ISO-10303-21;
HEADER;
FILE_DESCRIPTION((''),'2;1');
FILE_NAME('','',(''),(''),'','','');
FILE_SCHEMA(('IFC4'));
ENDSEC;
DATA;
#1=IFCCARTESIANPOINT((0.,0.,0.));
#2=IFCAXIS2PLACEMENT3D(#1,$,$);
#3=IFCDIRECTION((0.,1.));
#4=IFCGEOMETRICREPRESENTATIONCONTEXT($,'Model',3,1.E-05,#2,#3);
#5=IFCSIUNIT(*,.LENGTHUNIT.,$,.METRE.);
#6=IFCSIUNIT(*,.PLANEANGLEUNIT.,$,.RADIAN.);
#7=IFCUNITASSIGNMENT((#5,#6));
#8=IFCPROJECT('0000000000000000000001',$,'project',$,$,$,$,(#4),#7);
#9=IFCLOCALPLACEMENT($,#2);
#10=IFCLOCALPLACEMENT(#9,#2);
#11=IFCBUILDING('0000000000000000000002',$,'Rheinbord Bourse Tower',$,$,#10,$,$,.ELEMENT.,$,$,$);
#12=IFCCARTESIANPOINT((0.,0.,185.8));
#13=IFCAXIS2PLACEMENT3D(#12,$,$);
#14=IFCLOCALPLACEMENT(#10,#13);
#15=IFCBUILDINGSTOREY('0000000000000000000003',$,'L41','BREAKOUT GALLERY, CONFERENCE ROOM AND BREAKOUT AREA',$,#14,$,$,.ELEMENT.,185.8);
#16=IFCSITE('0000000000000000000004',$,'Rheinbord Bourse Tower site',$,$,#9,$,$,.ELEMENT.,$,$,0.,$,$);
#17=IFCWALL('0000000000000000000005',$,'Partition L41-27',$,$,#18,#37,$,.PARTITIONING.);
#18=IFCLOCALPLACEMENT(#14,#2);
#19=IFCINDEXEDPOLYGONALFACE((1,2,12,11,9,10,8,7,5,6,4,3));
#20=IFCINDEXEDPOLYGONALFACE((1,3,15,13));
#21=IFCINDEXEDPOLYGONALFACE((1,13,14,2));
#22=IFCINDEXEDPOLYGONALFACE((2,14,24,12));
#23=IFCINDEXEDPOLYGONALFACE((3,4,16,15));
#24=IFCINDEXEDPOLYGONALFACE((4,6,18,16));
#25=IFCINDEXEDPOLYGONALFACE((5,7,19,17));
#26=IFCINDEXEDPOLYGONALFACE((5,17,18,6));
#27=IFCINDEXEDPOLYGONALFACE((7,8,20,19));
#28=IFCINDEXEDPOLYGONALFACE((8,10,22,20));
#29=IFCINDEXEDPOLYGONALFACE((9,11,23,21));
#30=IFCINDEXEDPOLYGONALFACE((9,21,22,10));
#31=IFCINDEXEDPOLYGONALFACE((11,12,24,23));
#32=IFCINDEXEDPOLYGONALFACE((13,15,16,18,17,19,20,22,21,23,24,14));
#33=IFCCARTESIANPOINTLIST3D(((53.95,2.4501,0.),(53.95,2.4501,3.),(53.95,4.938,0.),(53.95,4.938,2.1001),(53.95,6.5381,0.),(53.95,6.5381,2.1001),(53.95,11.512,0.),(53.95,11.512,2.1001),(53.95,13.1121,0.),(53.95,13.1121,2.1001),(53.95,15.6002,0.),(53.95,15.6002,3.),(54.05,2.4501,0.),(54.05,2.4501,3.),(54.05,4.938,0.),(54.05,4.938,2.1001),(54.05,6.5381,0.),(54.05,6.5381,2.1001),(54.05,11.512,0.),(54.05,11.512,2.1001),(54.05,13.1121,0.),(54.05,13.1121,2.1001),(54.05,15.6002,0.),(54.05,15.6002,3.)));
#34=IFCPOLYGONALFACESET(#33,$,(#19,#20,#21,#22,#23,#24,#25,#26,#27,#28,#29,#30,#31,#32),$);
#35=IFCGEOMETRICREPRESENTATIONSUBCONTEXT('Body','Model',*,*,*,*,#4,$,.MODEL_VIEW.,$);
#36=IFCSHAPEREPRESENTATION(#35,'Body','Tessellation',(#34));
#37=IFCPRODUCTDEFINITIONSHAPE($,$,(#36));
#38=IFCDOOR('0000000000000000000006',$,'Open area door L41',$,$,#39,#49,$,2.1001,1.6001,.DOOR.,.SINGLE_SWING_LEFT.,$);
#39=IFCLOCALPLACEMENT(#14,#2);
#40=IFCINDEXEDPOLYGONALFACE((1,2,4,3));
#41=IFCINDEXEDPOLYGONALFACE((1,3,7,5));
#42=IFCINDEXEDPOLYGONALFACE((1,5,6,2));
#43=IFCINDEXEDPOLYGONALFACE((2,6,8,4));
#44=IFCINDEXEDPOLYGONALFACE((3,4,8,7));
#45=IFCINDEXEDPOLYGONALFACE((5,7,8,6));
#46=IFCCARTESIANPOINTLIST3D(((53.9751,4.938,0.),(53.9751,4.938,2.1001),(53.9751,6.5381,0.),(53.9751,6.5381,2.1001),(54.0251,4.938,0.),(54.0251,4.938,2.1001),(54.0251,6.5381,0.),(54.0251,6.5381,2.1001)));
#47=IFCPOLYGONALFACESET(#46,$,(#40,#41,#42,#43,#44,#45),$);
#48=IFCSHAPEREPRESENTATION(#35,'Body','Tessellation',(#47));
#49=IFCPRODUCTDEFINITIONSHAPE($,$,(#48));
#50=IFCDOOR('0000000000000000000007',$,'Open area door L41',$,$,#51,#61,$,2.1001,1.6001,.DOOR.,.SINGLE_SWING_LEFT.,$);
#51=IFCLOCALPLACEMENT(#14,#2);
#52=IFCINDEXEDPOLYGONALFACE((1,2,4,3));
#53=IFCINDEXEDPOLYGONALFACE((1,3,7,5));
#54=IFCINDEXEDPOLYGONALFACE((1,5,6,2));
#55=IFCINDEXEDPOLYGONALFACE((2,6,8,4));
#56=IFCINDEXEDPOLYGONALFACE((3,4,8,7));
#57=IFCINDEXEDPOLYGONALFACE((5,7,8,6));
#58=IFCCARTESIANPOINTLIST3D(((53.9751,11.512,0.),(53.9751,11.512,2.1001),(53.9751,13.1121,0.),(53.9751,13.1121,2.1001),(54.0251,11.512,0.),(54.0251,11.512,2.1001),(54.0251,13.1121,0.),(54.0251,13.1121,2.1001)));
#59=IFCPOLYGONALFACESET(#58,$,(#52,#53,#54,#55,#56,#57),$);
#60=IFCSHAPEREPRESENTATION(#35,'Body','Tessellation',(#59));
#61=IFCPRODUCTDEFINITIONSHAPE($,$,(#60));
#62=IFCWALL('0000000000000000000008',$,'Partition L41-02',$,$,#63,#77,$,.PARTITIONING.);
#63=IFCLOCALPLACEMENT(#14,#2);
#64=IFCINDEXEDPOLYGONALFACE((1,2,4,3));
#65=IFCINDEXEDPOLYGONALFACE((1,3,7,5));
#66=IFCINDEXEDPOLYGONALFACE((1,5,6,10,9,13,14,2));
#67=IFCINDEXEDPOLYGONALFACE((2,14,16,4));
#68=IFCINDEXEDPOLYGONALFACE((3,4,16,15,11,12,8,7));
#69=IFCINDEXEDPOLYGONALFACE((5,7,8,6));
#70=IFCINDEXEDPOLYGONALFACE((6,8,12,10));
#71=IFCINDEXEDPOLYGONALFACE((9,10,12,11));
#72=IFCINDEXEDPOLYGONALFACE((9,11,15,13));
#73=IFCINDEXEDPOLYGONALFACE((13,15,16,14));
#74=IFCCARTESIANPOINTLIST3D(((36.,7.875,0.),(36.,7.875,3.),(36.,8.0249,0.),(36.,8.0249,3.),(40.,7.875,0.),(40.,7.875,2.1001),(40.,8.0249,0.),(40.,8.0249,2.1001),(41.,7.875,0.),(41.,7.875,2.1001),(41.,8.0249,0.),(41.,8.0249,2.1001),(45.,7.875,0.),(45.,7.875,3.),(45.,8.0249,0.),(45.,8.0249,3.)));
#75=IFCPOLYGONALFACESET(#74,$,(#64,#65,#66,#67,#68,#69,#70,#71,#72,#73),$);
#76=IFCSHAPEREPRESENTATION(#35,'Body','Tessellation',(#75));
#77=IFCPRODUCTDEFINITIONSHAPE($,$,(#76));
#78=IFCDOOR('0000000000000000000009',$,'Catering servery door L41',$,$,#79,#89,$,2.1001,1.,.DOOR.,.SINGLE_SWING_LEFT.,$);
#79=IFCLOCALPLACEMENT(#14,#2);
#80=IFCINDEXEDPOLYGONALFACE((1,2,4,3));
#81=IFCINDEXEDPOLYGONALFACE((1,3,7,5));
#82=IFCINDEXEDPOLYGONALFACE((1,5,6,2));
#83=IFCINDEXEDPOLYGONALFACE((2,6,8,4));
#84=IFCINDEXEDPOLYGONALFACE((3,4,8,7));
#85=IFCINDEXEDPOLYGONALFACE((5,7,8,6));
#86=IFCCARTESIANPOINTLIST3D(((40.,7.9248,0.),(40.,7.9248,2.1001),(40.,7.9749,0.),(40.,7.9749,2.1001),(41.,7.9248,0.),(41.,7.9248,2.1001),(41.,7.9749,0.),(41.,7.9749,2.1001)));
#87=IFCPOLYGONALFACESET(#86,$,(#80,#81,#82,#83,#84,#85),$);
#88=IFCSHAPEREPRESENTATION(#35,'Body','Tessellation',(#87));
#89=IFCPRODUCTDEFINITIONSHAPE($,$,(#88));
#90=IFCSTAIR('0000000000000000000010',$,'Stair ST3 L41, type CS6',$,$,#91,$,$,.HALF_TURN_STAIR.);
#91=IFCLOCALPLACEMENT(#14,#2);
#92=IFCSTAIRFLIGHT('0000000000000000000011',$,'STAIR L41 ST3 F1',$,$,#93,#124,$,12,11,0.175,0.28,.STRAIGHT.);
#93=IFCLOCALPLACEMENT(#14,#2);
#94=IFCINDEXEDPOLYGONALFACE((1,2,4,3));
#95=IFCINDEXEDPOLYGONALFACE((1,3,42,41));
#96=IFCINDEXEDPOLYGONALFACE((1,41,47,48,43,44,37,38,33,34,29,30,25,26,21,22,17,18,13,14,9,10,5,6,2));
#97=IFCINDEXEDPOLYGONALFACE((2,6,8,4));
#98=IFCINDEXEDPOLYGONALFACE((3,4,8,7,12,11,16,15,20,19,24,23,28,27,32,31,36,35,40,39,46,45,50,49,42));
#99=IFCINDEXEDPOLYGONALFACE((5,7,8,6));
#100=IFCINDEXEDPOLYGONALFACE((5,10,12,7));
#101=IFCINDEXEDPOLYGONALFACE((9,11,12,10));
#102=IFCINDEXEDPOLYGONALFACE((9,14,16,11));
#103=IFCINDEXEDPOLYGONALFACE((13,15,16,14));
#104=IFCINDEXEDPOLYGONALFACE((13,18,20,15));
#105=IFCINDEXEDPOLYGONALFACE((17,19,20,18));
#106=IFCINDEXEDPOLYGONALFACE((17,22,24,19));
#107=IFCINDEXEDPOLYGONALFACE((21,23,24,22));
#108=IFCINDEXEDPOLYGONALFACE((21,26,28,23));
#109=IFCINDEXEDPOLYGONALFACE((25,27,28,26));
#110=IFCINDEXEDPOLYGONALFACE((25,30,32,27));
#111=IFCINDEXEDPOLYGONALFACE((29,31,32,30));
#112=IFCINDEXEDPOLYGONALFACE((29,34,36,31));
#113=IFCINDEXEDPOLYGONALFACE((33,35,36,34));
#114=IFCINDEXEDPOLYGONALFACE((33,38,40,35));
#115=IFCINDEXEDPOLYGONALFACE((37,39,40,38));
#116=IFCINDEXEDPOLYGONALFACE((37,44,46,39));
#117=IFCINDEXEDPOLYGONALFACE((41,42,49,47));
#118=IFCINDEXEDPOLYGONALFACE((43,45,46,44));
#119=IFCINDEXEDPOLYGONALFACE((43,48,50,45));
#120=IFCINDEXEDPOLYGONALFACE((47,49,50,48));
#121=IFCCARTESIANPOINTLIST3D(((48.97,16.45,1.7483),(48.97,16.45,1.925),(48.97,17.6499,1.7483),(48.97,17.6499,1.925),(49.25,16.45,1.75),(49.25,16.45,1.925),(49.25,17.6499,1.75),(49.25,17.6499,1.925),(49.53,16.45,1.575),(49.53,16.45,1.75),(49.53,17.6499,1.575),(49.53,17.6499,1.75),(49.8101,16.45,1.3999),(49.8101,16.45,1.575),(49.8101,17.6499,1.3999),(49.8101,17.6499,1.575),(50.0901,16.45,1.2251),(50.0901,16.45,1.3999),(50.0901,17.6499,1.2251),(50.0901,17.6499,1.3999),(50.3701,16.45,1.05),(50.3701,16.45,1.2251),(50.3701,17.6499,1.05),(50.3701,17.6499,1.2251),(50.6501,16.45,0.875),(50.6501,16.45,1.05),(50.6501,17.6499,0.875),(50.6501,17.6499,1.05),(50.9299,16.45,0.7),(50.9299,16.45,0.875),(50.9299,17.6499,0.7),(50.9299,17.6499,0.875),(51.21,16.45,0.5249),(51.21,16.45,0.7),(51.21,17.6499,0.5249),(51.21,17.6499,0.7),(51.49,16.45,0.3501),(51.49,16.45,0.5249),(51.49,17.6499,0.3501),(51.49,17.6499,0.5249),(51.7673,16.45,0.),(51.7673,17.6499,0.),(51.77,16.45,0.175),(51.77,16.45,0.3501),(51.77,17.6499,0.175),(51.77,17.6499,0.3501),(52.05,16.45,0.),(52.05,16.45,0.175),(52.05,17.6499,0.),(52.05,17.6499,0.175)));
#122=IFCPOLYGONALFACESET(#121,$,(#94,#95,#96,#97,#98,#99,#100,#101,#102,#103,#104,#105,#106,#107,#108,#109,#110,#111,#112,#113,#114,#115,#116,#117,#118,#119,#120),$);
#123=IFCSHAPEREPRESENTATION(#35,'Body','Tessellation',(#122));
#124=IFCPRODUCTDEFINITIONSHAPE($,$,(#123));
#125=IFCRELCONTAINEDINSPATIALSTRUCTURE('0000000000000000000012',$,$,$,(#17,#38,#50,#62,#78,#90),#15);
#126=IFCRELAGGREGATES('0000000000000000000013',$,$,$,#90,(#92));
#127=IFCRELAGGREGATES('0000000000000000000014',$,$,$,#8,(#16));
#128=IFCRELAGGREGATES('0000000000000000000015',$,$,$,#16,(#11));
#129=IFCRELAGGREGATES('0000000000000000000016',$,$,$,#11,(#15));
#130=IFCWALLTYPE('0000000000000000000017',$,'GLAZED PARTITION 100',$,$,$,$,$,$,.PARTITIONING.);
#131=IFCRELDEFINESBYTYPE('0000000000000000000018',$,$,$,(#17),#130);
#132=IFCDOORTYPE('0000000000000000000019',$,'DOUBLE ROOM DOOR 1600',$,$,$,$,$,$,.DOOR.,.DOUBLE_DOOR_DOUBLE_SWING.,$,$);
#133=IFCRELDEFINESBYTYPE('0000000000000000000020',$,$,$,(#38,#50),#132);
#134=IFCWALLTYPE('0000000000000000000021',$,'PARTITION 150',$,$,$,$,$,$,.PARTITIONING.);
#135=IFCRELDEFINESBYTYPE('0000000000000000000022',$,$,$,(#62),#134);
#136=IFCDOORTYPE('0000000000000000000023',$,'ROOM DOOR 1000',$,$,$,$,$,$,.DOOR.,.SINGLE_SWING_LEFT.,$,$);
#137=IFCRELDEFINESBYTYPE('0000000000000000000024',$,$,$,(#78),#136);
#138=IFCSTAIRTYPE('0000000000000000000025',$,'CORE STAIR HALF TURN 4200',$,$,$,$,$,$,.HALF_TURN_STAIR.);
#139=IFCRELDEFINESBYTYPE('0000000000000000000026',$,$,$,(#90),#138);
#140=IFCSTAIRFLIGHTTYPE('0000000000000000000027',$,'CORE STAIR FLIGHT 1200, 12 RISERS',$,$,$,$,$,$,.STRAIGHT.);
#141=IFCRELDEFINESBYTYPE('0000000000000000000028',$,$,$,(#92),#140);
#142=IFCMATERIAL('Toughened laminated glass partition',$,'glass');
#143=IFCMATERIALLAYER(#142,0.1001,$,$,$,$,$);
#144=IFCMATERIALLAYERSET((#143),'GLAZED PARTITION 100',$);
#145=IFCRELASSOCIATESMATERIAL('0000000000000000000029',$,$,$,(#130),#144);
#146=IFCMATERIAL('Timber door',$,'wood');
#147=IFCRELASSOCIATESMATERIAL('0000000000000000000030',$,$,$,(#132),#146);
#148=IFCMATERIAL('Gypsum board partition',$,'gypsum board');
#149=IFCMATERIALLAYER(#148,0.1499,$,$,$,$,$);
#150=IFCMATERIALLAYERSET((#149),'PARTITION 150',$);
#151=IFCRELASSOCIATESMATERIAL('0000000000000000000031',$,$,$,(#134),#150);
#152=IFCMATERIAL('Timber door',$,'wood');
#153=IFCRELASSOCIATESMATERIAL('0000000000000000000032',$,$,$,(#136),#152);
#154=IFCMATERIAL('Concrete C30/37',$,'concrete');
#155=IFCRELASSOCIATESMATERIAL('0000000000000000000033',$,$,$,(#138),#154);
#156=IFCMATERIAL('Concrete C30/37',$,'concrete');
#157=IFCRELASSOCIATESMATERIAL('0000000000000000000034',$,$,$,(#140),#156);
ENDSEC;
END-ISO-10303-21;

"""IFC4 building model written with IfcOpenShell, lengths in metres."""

from ifc_helpers import new_model, si_unit, direction, frame, frame_2d, origin, place, context, subcontext, project, spatial, polyline, rectangle, outline, extrude, material, layer, layer_set, type_object, element, fill, aggregate, save


model = new_model("IFC4")

# Units and contexts
model_context = context("Model", 3, precision=1e-05, world=origin(), true_north=direction((0.0, 1.0)))
body_context = subcontext(model_context, "Body", "Model", "MODEL_VIEW")
ifc_project = project(units=[si_unit("LENGTHUNIT", "METRE"), si_unit("PLANEANGLEUNIT", "RADIAN")], contexts=[model_context])

# Site, building, storey
site_placement = place(None, origin())
site = spatial("IfcSite", under=ifc_project, at=site_placement, Name="Rheinbord Bourse Tower site", CompositionType="ELEMENT", RefElevation=0.0)
building_placement = place(site_placement, origin())
building = spatial("IfcBuilding", under=site, at=building_placement, Name="Rheinbord Bourse Tower", CompositionType="ELEMENT")
storey_placement = place(building_placement, frame((0.0, 0.0, 185.8)))
storey = spatial("IfcBuildingStorey", under=building, at=storey_placement, Name="L41", Description="BREAKOUT GALLERY, CONFERENCE ROOM AND BREAKOUT AREA", CompositionType="ELEMENT", Elevation=185.8)

# Wall, openings, doors
ifc_material_1 = material(Name="Toughened laminated glass partition", Category="glass")
ifc_layer_1 = layer(ifc_material_1, 0.1001)
ifc_layer_set_1 = layer_set([ifc_layer_1], Name="GLAZED PARTITION 100")
wall_type_1 = type_object("IfcWallType", Name="GLAZED PARTITION 100", PredefinedType="PARTITIONING", material=ifc_layer_set_1)
wall_1_placement = place(storey_placement, frame((54.0, 2.45, 0.0), z_axis=(0.0, 0.0, 1.0), x_axis=(0.0, 1.0, 0.0)))
wall_1 = element("IfcWall", 1, at=wall_1_placement, inside=storey, type_object=wall_type_1, Name="Partition L41-27", PredefinedType="PARTITIONING", context=body_context, shape_type="SweptSolid", body=[
    extrude(rectangle(XDim=13.1501, YDim=0.1001, at=frame_2d((6.5752, 0.0))), origin(), (0.0, 0.0, 1.0), 3.0),
])
opening_1_placement = place(wall_1_placement, frame((2.488, 0.0, 0.0)))
opening_1 = element("IfcOpeningElement", 2, at=opening_1_placement, cuts=wall_1, PredefinedType="OPENING", context=body_context, shape_type="SweptSolid", body=[
    extrude(rectangle(XDim=1.6001, YDim=2.1001, at=frame_2d((0.8, 1.05))), frame((0.0, 0.0601, 0.0), z_axis=(0.0, -1.0, 0.0), x_axis=(1.0, 0.0, 0.0)), (0.0, 0.0, 1.0), 0.1201),
])
opening_2_placement = place(wall_1_placement, frame((9.062, 0.0, 0.0)))
opening_2 = element("IfcOpeningElement", 3, at=opening_2_placement, cuts=wall_1, PredefinedType="OPENING", context=body_context, shape_type="SweptSolid", body=[
    extrude(rectangle(XDim=1.6001, YDim=2.1001, at=frame_2d((0.8, 1.05))), frame((0.0, 0.0601, 0.0), z_axis=(0.0, -1.0, 0.0), x_axis=(1.0, 0.0, 0.0)), (0.0, 0.0, 1.0), 0.1201),
])
ifc_material_2 = material(Name="Timber door", Category="wood")
door_type_1 = type_object("IfcDoorType", Name="DOUBLE ROOM DOOR 1600", OperationType="DOUBLE_DOOR_DOUBLE_SWING", PredefinedType="DOOR", material=ifc_material_2)
door_1_placement = place(opening_1_placement, origin())
door_1 = element("IfcDoor", 4, at=door_1_placement, inside=storey, type_object=door_type_1, Name="Open area door L41", OperationType="SINGLE_SWING_LEFT", OverallHeight=2.1001, OverallWidth=1.6001, PredefinedType="DOOR", context=body_context, shape_type="SweptSolid", body=[
    extrude(rectangle(XDim=1.6001, YDim=2.1001, at=frame_2d((0.8, 1.05))), frame((0.0, 0.0249, 0.0), z_axis=(0.0, -1.0, 0.0), x_axis=(1.0, 0.0, 0.0)), (0.0, 0.0, 1.0), 0.05),
])
fill(opening_1, door_1)
door_2_placement = place(opening_2_placement, origin())
door_2 = element("IfcDoor", 5, at=door_2_placement, inside=storey, type_object=door_type_1, Name="Open area door L41", OperationType="SINGLE_SWING_LEFT", OverallHeight=2.1001, OverallWidth=1.6001, PredefinedType="DOOR", context=body_context, shape_type="SweptSolid", body=[
    extrude(rectangle(XDim=1.6001, YDim=2.1001, at=frame_2d((0.8, 1.05))), frame((0.0, 0.0249, 0.0), z_axis=(0.0, -1.0, 0.0), x_axis=(1.0, 0.0, 0.0)), (0.0, 0.0, 1.0), 0.05),
])
fill(opening_2, door_2)

# Wall, opening, door
ifc_material_3 = material(Name="Gypsum board partition", Category="gypsum board")
ifc_layer_2 = layer(ifc_material_3, 0.1499)
ifc_layer_set_2 = layer_set([ifc_layer_2], Name="PARTITION 150")
wall_type_2 = type_object("IfcWallType", Name="PARTITION 150", PredefinedType="PARTITIONING", material=ifc_layer_set_2)
wall_2_placement = place(storey_placement, frame((36.0, 7.95, 0.0), z_axis=(0.0, 0.0, 1.0), x_axis=(1.0, 0.0, 0.0)))
wall_2 = element("IfcWall", 6, at=wall_2_placement, inside=storey, type_object=wall_type_2, Name="Partition L41-02", PredefinedType="PARTITIONING", context=body_context, shape_type="SweptSolid", body=[
    extrude(rectangle(XDim=9.0, YDim=0.1499, at=frame_2d((4.5, 0.0))), origin(), (0.0, 0.0, 1.0), 3.0),
])
opening_3_placement = place(wall_2_placement, frame((4.0, 0.0, 0.0)))
opening_3 = element("IfcOpeningElement", 7, at=opening_3_placement, cuts=wall_2, PredefinedType="OPENING", context=body_context, shape_type="SweptSolid", body=[
    extrude(rectangle(XDim=1.0, YDim=2.1001, at=frame_2d((0.5, 1.05))), frame((0.0, 0.085, 0.0), z_axis=(0.0, -1.0, 0.0), x_axis=(1.0, 0.0, 0.0)), (0.0, 0.0, 1.0), 0.1699),
])
ifc_material_4 = material(Name="Timber door", Category="wood")
door_type_2 = type_object("IfcDoorType", Name="ROOM DOOR 1000", OperationType="SINGLE_SWING_LEFT", PredefinedType="DOOR", material=ifc_material_4)
door_3_placement = place(opening_3_placement, origin())
door_3 = element("IfcDoor", 8, at=door_3_placement, inside=storey, type_object=door_type_2, Name="Catering servery door L41", OperationType="SINGLE_SWING_LEFT", OverallHeight=2.1001, OverallWidth=1.0, PredefinedType="DOOR", context=body_context, shape_type="SweptSolid", body=[
    extrude(rectangle(XDim=1.0, YDim=2.1001, at=frame_2d((0.5, 1.05))), frame((0.0, 0.0249, 0.0), z_axis=(0.0, -1.0, 0.0), x_axis=(1.0, 0.0, 0.0)), (0.0, 0.0, 1.0), 0.05),
])
fill(opening_3, door_3)

# Stair, stair flight
ifc_material_5 = material(Name="Concrete C30/37", Category="concrete")
stair_type = type_object("IfcStairType", Name="CORE STAIR HALF TURN 4200", PredefinedType="HALF_TURN_STAIR", material=ifc_material_5)
stair_placement = place(storey_placement, origin())
stair = element("IfcStair", 9, at=stair_placement, inside=storey, type_object=stair_type, Name="Stair ST3 L41, type CS6", PredefinedType="HALF_TURN_STAIR")
ifc_material_6 = material(Name="Concrete C30/37", Category="concrete")
stair_flight_type = type_object("IfcStairFlightType", Name="CORE STAIR FLIGHT 1200, 12 RISERS", PredefinedType="STRAIGHT", material=ifc_material_6)
stair_flight_placement = place(storey_placement, frame((52.05, 17.05, 0.0), z_axis=(0.0, 0.0, 1.0), x_axis=(-1.0, 0.0, 0.0)))
stair_flight = element("IfcStairFlight", 10, at=stair_flight_placement, type_object=stair_flight_type, Name="STAIR L41 ST3 F1", NumberOfRisers=12, NumberOfTreads=11, PredefinedType="STRAIGHT", RiserHeight=0.175, TreadLength=0.28, context=body_context, shape_type="SweptSolid", body=[
    extrude(outline(polyline([(0.0, 0.0), (0.0, 0.175), (0.28, 0.175), (0.28, 0.3501), (0.5601, 0.3501), (0.5601, 0.5249), (0.8401, 0.5249), (0.8401, 0.7), (1.1201, 0.7), (1.1201, 0.875), (1.3999, 0.875), (1.3999, 1.05), (1.6799, 1.05), (1.6799, 1.2251), (1.96, 1.2251), (1.96, 1.3999), (2.24, 1.3999), (2.24, 1.575), (2.52, 1.575), (2.52, 1.75), (2.8, 1.75), (2.8, 1.925), (3.0801, 1.925), (3.0801, 2.1001), (3.0801, 1.7483), (0.2827, 0.0), (0.0, 0.0)])), frame((0.0, 0.6001, 0.0), z_axis=(0.0, -1.0, 0.0), x_axis=(1.0, 0.0, 0.0)), (0.0, 0.0, 1.0), 1.2),
])
aggregate(stair, [stair_flight])

save(model, "model.ifc")
